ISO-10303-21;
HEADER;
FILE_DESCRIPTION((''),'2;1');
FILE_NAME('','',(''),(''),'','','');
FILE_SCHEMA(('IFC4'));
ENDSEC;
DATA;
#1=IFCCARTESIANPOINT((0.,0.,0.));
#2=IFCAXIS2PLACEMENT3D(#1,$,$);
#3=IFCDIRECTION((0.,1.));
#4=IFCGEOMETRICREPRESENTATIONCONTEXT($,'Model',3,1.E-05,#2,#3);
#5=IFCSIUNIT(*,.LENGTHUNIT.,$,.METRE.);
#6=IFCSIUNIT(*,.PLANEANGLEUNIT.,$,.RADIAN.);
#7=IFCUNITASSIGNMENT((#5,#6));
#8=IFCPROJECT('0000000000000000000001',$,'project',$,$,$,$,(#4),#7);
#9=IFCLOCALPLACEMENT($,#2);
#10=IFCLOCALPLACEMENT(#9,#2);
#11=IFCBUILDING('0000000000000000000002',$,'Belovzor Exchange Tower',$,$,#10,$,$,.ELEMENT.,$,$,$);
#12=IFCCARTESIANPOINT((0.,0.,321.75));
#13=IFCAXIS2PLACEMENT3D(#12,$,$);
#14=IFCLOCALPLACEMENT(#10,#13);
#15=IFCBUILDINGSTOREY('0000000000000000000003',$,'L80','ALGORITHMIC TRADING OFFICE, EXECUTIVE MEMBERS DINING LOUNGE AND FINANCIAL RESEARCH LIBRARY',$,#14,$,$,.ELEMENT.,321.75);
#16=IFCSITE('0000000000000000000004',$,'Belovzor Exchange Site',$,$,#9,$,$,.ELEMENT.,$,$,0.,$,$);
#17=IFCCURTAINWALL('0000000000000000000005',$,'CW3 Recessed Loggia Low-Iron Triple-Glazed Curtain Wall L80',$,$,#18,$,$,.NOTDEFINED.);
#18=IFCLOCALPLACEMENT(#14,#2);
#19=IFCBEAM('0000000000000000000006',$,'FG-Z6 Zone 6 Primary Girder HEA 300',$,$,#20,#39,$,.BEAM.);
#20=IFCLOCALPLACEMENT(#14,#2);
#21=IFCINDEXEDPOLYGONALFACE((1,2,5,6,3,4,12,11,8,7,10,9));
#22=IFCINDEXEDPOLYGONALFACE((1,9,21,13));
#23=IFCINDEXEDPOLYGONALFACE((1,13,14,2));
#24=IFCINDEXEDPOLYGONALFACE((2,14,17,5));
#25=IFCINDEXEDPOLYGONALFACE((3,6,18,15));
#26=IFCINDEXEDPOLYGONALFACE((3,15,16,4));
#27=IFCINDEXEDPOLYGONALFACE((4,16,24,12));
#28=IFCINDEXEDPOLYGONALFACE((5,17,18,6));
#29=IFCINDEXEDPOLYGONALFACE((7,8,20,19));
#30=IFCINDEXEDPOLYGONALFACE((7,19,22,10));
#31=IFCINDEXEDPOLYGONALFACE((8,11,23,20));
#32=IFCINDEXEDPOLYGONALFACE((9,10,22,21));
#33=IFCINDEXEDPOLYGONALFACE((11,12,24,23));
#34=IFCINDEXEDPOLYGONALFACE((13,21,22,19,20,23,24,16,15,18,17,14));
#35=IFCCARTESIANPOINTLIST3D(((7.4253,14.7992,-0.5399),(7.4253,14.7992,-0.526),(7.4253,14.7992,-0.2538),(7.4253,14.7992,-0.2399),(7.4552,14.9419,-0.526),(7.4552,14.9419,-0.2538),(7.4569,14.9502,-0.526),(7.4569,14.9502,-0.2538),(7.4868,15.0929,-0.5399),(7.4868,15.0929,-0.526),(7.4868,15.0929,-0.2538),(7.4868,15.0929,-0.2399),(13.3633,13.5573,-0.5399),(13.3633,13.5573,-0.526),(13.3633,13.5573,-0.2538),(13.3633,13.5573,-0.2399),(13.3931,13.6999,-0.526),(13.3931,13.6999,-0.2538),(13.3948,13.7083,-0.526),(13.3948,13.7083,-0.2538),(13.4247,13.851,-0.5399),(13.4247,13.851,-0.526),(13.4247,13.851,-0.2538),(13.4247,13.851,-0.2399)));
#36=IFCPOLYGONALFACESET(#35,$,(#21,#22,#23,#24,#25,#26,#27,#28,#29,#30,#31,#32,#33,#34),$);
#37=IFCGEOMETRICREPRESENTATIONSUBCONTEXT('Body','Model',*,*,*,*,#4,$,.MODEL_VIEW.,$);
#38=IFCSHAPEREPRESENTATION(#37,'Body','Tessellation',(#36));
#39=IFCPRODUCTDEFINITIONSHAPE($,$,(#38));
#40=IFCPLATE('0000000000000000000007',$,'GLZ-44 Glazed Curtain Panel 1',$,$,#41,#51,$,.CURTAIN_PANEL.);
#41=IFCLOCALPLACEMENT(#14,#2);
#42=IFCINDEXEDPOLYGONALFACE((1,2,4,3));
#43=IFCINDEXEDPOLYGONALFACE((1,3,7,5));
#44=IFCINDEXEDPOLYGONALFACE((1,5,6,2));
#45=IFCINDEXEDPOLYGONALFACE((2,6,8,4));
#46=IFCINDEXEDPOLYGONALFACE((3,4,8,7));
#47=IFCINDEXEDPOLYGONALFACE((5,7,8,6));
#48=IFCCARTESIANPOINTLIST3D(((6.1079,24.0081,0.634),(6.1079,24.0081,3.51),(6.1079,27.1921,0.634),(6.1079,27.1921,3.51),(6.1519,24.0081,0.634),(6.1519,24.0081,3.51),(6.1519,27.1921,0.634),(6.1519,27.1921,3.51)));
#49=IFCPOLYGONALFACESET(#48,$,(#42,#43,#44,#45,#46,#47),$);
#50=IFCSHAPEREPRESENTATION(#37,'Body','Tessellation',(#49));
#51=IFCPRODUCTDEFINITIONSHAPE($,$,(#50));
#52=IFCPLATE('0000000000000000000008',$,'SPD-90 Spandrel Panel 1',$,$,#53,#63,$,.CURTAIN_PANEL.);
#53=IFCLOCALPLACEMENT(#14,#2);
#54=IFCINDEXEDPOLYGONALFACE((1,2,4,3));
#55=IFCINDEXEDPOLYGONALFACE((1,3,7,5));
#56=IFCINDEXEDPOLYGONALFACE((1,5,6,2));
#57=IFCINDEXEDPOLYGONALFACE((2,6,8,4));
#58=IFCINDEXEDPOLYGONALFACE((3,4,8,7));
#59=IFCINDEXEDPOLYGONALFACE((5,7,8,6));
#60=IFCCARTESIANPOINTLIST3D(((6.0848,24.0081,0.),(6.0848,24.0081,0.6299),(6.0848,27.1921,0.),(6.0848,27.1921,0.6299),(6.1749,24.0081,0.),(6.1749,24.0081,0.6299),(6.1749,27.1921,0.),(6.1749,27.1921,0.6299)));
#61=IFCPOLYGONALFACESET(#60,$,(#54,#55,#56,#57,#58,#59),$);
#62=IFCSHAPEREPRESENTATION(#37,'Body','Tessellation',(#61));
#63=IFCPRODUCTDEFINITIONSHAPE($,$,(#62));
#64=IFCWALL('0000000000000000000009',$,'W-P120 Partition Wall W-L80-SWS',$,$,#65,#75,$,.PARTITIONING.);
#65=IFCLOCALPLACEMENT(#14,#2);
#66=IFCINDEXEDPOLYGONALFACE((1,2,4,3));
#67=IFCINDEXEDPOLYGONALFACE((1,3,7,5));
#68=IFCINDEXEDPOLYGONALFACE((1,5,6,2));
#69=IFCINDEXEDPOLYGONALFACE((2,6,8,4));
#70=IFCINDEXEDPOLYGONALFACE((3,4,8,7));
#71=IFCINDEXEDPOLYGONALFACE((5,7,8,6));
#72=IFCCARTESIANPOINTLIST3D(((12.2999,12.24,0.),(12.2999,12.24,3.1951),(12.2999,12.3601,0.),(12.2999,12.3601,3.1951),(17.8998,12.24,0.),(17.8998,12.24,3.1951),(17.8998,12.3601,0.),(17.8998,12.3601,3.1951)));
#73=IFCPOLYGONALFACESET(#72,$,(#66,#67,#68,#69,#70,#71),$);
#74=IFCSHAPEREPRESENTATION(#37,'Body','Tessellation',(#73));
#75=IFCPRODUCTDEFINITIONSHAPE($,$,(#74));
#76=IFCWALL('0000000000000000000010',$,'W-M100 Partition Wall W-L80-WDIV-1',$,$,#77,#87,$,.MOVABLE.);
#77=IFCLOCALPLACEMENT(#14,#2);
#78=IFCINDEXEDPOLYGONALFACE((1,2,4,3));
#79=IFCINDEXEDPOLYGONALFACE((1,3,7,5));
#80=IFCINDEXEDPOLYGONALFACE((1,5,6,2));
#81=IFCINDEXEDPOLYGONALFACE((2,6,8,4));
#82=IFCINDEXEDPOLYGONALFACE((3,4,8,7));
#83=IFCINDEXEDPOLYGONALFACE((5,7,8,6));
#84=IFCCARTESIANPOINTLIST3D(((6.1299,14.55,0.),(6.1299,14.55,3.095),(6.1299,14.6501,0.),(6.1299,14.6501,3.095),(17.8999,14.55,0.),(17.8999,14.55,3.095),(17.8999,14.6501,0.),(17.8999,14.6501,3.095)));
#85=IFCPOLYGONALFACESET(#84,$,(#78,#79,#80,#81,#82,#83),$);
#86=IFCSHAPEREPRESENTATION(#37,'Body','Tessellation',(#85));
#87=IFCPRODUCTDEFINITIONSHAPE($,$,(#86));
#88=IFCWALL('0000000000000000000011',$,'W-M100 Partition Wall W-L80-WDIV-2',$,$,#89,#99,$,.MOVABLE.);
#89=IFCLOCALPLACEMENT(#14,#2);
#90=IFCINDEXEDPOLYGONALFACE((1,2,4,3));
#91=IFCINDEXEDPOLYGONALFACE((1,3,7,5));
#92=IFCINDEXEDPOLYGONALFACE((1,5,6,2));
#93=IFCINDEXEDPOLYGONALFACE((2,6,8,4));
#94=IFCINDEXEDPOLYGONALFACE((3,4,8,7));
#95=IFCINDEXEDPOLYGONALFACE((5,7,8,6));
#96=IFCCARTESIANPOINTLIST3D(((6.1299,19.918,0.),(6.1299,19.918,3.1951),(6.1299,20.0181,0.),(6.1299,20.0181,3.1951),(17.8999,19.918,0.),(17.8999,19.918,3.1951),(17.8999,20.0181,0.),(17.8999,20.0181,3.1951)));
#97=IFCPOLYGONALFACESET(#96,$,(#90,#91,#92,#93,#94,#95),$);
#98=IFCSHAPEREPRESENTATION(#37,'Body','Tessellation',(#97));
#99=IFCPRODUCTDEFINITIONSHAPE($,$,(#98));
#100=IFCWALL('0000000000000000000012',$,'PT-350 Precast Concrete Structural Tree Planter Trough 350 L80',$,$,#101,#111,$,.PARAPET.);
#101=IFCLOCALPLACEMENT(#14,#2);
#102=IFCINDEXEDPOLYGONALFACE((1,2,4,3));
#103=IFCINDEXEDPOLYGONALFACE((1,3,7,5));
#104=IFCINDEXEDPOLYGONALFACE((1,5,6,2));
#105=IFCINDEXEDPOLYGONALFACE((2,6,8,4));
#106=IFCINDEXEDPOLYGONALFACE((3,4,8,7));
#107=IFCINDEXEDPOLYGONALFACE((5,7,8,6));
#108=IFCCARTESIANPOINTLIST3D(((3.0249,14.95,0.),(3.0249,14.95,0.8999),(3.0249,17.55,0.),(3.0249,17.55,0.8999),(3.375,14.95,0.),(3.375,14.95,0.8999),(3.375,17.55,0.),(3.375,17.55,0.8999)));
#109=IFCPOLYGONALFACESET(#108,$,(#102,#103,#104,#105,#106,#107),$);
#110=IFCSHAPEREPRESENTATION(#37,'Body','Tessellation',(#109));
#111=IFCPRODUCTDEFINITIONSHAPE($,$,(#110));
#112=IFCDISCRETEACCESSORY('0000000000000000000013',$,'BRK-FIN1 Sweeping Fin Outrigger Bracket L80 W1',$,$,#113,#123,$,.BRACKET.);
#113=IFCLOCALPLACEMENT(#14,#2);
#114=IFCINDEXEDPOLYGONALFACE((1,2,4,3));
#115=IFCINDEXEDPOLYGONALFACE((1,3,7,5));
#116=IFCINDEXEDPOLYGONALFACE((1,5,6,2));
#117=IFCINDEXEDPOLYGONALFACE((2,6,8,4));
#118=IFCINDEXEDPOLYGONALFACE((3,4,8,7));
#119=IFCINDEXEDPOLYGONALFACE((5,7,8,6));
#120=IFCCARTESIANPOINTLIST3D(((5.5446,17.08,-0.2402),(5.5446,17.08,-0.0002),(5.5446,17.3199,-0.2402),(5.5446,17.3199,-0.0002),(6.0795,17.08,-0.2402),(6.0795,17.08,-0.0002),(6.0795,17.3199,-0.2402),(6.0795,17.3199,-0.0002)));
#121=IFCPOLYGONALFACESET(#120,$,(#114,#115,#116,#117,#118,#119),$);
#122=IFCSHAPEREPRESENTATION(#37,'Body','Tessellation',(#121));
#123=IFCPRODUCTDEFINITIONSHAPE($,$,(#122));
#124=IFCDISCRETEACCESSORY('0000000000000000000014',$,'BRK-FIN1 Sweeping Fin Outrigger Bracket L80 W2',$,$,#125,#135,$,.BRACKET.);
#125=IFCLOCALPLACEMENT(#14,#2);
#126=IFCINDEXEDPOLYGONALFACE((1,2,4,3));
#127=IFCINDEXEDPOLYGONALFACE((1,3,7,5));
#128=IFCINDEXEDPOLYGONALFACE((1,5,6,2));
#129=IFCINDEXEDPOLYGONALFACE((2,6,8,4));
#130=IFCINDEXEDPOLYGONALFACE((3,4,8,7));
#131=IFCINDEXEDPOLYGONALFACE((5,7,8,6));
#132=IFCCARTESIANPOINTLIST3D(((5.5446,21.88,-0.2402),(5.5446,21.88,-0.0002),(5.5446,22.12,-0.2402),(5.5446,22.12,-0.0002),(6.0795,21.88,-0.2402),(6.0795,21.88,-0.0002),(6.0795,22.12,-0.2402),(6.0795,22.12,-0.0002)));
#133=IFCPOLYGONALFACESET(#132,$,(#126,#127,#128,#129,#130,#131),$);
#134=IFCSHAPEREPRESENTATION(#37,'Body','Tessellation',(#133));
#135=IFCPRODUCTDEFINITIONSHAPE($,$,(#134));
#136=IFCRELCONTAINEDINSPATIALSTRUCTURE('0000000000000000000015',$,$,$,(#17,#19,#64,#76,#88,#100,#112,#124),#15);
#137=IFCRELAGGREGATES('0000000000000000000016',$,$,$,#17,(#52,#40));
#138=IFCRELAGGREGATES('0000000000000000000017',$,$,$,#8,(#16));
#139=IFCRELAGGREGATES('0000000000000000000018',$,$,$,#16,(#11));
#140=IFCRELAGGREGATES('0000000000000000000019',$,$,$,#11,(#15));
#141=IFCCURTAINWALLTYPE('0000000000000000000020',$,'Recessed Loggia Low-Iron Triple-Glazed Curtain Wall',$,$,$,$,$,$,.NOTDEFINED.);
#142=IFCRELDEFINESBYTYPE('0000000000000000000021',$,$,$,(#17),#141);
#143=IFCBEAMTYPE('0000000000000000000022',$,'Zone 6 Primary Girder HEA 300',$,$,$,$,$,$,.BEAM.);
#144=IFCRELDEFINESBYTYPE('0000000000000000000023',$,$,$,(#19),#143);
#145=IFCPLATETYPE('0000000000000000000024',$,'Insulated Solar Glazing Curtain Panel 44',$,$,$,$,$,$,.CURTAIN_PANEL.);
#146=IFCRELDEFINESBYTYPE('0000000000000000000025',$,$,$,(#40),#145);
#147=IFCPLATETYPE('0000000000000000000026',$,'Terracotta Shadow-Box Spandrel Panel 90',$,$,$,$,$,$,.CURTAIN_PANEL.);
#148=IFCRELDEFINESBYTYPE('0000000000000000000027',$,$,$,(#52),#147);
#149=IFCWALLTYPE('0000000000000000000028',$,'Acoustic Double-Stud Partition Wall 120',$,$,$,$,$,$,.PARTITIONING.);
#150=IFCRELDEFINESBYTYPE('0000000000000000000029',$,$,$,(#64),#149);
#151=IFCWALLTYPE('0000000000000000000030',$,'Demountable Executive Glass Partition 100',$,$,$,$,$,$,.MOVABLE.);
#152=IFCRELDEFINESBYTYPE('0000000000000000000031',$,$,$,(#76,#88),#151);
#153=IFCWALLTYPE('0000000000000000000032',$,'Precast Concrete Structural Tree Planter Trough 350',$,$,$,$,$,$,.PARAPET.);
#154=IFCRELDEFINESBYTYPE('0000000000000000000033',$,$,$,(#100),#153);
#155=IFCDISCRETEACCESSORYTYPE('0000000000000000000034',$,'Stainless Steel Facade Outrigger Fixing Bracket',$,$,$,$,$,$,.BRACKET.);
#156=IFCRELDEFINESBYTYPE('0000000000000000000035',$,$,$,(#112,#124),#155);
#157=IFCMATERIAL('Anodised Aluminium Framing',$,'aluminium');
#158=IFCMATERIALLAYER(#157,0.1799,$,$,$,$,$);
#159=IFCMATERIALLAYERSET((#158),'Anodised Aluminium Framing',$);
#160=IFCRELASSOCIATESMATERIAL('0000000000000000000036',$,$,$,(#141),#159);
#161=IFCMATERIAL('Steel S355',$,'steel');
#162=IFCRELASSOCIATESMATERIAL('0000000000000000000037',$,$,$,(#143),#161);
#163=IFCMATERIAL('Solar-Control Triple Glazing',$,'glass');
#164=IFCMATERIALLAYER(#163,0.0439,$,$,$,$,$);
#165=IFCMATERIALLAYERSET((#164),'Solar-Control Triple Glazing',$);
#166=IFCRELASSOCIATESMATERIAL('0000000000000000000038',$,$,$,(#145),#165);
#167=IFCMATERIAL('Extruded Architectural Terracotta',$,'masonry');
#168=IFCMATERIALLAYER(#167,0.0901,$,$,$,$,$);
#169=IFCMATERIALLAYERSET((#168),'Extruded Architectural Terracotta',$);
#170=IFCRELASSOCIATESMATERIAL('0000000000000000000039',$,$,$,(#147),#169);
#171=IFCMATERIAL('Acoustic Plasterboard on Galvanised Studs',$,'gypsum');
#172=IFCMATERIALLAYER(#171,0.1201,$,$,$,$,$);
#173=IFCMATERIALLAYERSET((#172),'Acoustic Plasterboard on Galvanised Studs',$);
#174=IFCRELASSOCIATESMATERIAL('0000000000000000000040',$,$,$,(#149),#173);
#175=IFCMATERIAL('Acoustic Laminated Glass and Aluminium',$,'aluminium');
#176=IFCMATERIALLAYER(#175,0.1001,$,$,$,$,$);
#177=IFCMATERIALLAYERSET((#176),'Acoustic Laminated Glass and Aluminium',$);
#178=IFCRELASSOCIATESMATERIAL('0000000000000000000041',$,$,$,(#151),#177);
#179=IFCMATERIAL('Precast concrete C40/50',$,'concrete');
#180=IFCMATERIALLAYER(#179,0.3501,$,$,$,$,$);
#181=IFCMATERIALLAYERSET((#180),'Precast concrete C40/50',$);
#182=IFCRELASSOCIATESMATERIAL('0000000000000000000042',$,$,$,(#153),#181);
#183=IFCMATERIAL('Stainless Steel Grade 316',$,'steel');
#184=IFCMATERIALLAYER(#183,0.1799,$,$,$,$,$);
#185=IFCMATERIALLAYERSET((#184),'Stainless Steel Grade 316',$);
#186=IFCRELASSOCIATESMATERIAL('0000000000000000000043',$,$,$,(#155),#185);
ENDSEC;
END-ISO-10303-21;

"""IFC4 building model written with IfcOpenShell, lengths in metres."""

from ifc_helpers import new_model, si_unit, direction, frame, frame_2d, origin, origin_2d, place, context, subcontext, project, spatial, rectangle, i_section, extrude, material, layer, layer_set, material_profile, profile_set, type_object, element, aggregate, save


model = new_model("IFC4")

# Units and contexts
model_context = context("Model", 3, precision=1e-05, world=origin(), true_north=direction((0.0, 1.0)))
body_context = subcontext(model_context, "Body", "Model", "MODEL_VIEW")
ifc_project = project(units=[si_unit("LENGTHUNIT", "METRE"), si_unit("PLANEANGLEUNIT", "RADIAN")], contexts=[model_context])

# Site, building, storey
site_placement = place(None, origin())
site = spatial("IfcSite", under=ifc_project, at=site_placement, Name="Belovzor Exchange Site", CompositionType="ELEMENT", RefElevation=0.0)
building_placement = place(site_placement, origin())
building = spatial("IfcBuilding", under=site, at=building_placement, Name="Belovzor Exchange Tower", CompositionType="ELEMENT")
storey_placement = place(building_placement, frame((0.0, 0.0, 321.75)))
storey = spatial("IfcBuildingStorey", under=building, at=storey_placement, Name="L80", Description="ALGORITHMIC TRADING OFFICE, EXECUTIVE MEMBERS DINING LOUNGE AND FINANCIAL RESEARCH LIBRARY", CompositionType="ELEMENT", Elevation=321.75)

# Curtain wall
ifc_material_1 = material(Name="Anodised Aluminium Framing", Category="aluminium")
ifc_layer_1 = layer(ifc_material_1, 0.1799)
ifc_layer_set_1 = layer_set([ifc_layer_1], Name="Anodised Aluminium Framing")
curtain_wall_type = type_object("IfcCurtainWallType", Name="Recessed Loggia Low-Iron Triple-Glazed Curtain Wall", PredefinedType="NOTDEFINED", material=ifc_layer_set_1)
curtain_wall_placement = place(storey_placement, origin())
curtain_wall = element("IfcCurtainWall", 1, at=curtain_wall_placement, inside=storey, type_object=curtain_wall_type, Name="CW3 Recessed Loggia Low-Iron Triple-Glazed Curtain Wall L80", PredefinedType="NOTDEFINED")

# Beam
ifc_material_2 = material(Name="Steel S355", Category="steel")
ifc_material_profile_1 = material_profile(ifc_material_2, i_section(OverallWidth=0.3, OverallDepth=0.3, WebThickness=0.0085, FlangeThickness=0.0139, at=origin_2d()))
ifc_profile_set_1 = profile_set([ifc_material_profile_1], Name="Steel S355")
beam_type_1 = type_object("IfcBeamType", Name="Zone 6 Primary Girder HEA 300", PredefinedType="BEAM", material=ifc_profile_set_1)
for number, where, z_axis, x_axis, name in (
    (2, (7.4561, 14.946, -0.3899), (0.97882, -0.204722, 0.0), (0.204722, 0.97882, 0.0), "FG-Z6 Zone 6 Primary Girder HEA 300"),
):
    element("IfcBeam", number, at=place(storey_placement, frame(where, z_axis=z_axis, x_axis=x_axis)), inside=storey, type_object=beam_type_1, Name=name, PredefinedType="BEAM", context=body_context, shape_type="SweptSolid", body=[
        extrude(i_section(OverallWidth=0.3, OverallDepth=0.3, WebThickness=0.0085, FlangeThickness=0.0139, at=origin_2d()), origin(), (0.0, 0.0, 1.0), 6.0664),
    ])

# Plates
ifc_material_3 = material(Name="Solar-Control Triple Glazing", Category="glass")
ifc_layer_2 = layer(ifc_material_3, 0.0439)
ifc_layer_set_2 = layer_set([ifc_layer_2], Name="Solar-Control Triple Glazing")
plate_type_1 = type_object("IfcPlateType", Name="Insulated Solar Glazing Curtain Panel 44", PredefinedType="CURTAIN_PANEL", material=ifc_layer_set_2)
plate_1_placement = place(storey_placement, frame((6.1299, 25.6001, 0.634), z_axis=(0.0, 0.0, 1.0), x_axis=(0.0, 1.0, 0.0)))
plate_1 = element("IfcPlate", 3, at=plate_1_placement, type_object=plate_type_1, Name="GLZ-44 Glazed Curtain Panel 1", PredefinedType="CURTAIN_PANEL", context=body_context, shape_type="SweptSolid", body=[
    extrude(rectangle(XDim=3.1841, YDim=0.0439, at=origin_2d()), origin(), (0.0, 0.0, 1.0), 2.876),
])
ifc_material_4 = material(Name="Extruded Architectural Terracotta", Category="masonry")
ifc_layer_3 = layer(ifc_material_4, 0.0901)
ifc_layer_set_3 = layer_set([ifc_layer_3], Name="Extruded Architectural Terracotta")
plate_type_2 = type_object("IfcPlateType", Name="Terracotta Shadow-Box Spandrel Panel 90", PredefinedType="CURTAIN_PANEL", material=ifc_layer_set_3)
plate_2_placement = place(storey_placement, frame((6.1299, 25.6001, 0.0), z_axis=(0.0, 0.0, 1.0), x_axis=(0.0, 1.0, 0.0)))
plate_2 = element("IfcPlate", 4, at=plate_2_placement, type_object=plate_type_2, Name="SPD-90 Spandrel Panel 1", PredefinedType="CURTAIN_PANEL", context=body_context, shape_type="SweptSolid", body=[
    extrude(rectangle(XDim=3.1841, YDim=0.0901, at=origin_2d()), origin(), (0.0, 0.0, 1.0), 0.6299),
])
aggregate(curtain_wall, [plate_2, plate_1])

# Walls
ifc_material_5 = material(Name="Acoustic Plasterboard on Galvanised Studs", Category="gypsum")
ifc_layer_4 = layer(ifc_material_5, 0.1201)
ifc_layer_set_4 = layer_set([ifc_layer_4], Name="Acoustic Plasterboard on Galvanised Studs")
wall_type_1 = type_object("IfcWallType", Name="Acoustic Double-Stud Partition Wall 120", PredefinedType="PARTITIONING", material=ifc_layer_set_4)
wall_1_placement = place(storey_placement, frame((12.3, 12.3, 0.0), z_axis=(0.0, 0.0, 1.0), x_axis=(1.0, 0.0, 0.0)))
element("IfcWall", 5, at=wall_1_placement, inside=storey, type_object=wall_type_1, Name="W-P120 Partition Wall W-L80-SWS", PredefinedType="PARTITIONING", context=body_context, shape_type="SweptSolid", body=[
    extrude(rectangle(XDim=5.5999, YDim=0.1201, at=frame_2d((2.7998, 0.0))), origin(), (0.0, 0.0, 1.0), 3.1951),
])
ifc_material_6 = material(Name="Acoustic Laminated Glass and Aluminium", Category="aluminium")
ifc_layer_5 = layer(ifc_material_6, 0.1001)
ifc_layer_set_5 = layer_set([ifc_layer_5], Name="Acoustic Laminated Glass and Aluminium")
wall_type_2 = type_object("IfcWallType", Name="Demountable Executive Glass Partition 100", PredefinedType="MOVABLE", material=ifc_layer_set_5)
wall_2_placement = place(storey_placement, frame((6.1299, 14.6001, 0.0), z_axis=(0.0, 0.0, 1.0), x_axis=(1.0, 0.0, 0.0)))
element("IfcWall", 6, at=wall_2_placement, inside=storey, type_object=wall_type_2, Name="W-M100 Partition Wall W-L80-WDIV-1", PredefinedType="MOVABLE", context=body_context, shape_type="SweptSolid", body=[
    extrude(rectangle(XDim=11.77, YDim=0.1001, at=frame_2d((5.885, 0.0))), origin(), (0.0, 0.0, 1.0), 3.095),
])
wall_3_placement = place(storey_placement, frame((6.1299, 19.968, 0.0), z_axis=(0.0, 0.0, 1.0), x_axis=(1.0, 0.0, 0.0)))
element("IfcWall", 7, at=wall_3_placement, inside=storey, type_object=wall_type_2, Name="W-M100 Partition Wall W-L80-WDIV-2", PredefinedType="MOVABLE", context=body_context, shape_type="SweptSolid", body=[
    extrude(rectangle(XDim=11.77, YDim=0.1001, at=frame_2d((5.885, 0.0))), origin(), (0.0, 0.0, 1.0), 3.1951),
])
ifc_material_7 = material(Name="Precast concrete C40/50", Category="concrete")
ifc_layer_6 = layer(ifc_material_7, 0.3501)
ifc_layer_set_6 = layer_set([ifc_layer_6], Name="Precast concrete C40/50")
wall_type_3 = type_object("IfcWallType", Name="Precast Concrete Structural Tree Planter Trough 350", PredefinedType="PARAPET", material=ifc_layer_set_6)
wall_4_placement = place(storey_placement, frame((3.2, 14.95, 0.0), z_axis=(0.0, 0.0, 1.0), x_axis=(0.0, 1.0, 0.0)))
element("IfcWall", 8, at=wall_4_placement, inside=storey, type_object=wall_type_3, Name="PT-350 Precast Concrete Structural Tree Planter Trough 350 L80", PredefinedType="PARAPET", context=body_context, shape_type="SweptSolid", body=[
    extrude(rectangle(XDim=2.6001, YDim=0.3501, at=frame_2d((1.3, 0.0))), origin(), (0.0, 0.0, 1.0), 0.8999),
])

# Discrete accessories
ifc_material_8 = material(Name="Stainless Steel Grade 316", Category="steel")
ifc_layer_7 = layer(ifc_material_8, 0.1799)
ifc_layer_set_7 = layer_set([ifc_layer_7], Name="Stainless Steel Grade 316")
discrete_accessory_type = type_object("IfcDiscreteAccessoryType", Name="Stainless Steel Facade Outrigger Fixing Bracket", PredefinedType="BRACKET", material=ifc_layer_set_7)
for number, where, z_axis, x_axis, name in (
    (9, (5.812, 17.2, -0.2402), (0.0, 0.0, 1.0), (1.0, 0.0, 0.0), "BRK-FIN1 Sweeping Fin Outrigger Bracket L80 W1"),
    (10, (5.812, 22.0, -0.2402), (0.0, 0.0, 1.0), (1.0, 0.0, 0.0), "BRK-FIN1 Sweeping Fin Outrigger Bracket L80 W2"),
):
    element("IfcDiscreteAccessory", number, at=place(storey_placement, frame(where, z_axis=z_axis, x_axis=x_axis)), inside=storey, type_object=discrete_accessory_type, Name=name, PredefinedType="BRACKET", context=body_context, shape_type="SweptSolid", body=[
        extrude(rectangle(XDim=0.5349, YDim=0.24, at=origin_2d()), origin(), (0.0, 0.0, 1.0), 0.24),
    ])

save(model, "model.ifc")
